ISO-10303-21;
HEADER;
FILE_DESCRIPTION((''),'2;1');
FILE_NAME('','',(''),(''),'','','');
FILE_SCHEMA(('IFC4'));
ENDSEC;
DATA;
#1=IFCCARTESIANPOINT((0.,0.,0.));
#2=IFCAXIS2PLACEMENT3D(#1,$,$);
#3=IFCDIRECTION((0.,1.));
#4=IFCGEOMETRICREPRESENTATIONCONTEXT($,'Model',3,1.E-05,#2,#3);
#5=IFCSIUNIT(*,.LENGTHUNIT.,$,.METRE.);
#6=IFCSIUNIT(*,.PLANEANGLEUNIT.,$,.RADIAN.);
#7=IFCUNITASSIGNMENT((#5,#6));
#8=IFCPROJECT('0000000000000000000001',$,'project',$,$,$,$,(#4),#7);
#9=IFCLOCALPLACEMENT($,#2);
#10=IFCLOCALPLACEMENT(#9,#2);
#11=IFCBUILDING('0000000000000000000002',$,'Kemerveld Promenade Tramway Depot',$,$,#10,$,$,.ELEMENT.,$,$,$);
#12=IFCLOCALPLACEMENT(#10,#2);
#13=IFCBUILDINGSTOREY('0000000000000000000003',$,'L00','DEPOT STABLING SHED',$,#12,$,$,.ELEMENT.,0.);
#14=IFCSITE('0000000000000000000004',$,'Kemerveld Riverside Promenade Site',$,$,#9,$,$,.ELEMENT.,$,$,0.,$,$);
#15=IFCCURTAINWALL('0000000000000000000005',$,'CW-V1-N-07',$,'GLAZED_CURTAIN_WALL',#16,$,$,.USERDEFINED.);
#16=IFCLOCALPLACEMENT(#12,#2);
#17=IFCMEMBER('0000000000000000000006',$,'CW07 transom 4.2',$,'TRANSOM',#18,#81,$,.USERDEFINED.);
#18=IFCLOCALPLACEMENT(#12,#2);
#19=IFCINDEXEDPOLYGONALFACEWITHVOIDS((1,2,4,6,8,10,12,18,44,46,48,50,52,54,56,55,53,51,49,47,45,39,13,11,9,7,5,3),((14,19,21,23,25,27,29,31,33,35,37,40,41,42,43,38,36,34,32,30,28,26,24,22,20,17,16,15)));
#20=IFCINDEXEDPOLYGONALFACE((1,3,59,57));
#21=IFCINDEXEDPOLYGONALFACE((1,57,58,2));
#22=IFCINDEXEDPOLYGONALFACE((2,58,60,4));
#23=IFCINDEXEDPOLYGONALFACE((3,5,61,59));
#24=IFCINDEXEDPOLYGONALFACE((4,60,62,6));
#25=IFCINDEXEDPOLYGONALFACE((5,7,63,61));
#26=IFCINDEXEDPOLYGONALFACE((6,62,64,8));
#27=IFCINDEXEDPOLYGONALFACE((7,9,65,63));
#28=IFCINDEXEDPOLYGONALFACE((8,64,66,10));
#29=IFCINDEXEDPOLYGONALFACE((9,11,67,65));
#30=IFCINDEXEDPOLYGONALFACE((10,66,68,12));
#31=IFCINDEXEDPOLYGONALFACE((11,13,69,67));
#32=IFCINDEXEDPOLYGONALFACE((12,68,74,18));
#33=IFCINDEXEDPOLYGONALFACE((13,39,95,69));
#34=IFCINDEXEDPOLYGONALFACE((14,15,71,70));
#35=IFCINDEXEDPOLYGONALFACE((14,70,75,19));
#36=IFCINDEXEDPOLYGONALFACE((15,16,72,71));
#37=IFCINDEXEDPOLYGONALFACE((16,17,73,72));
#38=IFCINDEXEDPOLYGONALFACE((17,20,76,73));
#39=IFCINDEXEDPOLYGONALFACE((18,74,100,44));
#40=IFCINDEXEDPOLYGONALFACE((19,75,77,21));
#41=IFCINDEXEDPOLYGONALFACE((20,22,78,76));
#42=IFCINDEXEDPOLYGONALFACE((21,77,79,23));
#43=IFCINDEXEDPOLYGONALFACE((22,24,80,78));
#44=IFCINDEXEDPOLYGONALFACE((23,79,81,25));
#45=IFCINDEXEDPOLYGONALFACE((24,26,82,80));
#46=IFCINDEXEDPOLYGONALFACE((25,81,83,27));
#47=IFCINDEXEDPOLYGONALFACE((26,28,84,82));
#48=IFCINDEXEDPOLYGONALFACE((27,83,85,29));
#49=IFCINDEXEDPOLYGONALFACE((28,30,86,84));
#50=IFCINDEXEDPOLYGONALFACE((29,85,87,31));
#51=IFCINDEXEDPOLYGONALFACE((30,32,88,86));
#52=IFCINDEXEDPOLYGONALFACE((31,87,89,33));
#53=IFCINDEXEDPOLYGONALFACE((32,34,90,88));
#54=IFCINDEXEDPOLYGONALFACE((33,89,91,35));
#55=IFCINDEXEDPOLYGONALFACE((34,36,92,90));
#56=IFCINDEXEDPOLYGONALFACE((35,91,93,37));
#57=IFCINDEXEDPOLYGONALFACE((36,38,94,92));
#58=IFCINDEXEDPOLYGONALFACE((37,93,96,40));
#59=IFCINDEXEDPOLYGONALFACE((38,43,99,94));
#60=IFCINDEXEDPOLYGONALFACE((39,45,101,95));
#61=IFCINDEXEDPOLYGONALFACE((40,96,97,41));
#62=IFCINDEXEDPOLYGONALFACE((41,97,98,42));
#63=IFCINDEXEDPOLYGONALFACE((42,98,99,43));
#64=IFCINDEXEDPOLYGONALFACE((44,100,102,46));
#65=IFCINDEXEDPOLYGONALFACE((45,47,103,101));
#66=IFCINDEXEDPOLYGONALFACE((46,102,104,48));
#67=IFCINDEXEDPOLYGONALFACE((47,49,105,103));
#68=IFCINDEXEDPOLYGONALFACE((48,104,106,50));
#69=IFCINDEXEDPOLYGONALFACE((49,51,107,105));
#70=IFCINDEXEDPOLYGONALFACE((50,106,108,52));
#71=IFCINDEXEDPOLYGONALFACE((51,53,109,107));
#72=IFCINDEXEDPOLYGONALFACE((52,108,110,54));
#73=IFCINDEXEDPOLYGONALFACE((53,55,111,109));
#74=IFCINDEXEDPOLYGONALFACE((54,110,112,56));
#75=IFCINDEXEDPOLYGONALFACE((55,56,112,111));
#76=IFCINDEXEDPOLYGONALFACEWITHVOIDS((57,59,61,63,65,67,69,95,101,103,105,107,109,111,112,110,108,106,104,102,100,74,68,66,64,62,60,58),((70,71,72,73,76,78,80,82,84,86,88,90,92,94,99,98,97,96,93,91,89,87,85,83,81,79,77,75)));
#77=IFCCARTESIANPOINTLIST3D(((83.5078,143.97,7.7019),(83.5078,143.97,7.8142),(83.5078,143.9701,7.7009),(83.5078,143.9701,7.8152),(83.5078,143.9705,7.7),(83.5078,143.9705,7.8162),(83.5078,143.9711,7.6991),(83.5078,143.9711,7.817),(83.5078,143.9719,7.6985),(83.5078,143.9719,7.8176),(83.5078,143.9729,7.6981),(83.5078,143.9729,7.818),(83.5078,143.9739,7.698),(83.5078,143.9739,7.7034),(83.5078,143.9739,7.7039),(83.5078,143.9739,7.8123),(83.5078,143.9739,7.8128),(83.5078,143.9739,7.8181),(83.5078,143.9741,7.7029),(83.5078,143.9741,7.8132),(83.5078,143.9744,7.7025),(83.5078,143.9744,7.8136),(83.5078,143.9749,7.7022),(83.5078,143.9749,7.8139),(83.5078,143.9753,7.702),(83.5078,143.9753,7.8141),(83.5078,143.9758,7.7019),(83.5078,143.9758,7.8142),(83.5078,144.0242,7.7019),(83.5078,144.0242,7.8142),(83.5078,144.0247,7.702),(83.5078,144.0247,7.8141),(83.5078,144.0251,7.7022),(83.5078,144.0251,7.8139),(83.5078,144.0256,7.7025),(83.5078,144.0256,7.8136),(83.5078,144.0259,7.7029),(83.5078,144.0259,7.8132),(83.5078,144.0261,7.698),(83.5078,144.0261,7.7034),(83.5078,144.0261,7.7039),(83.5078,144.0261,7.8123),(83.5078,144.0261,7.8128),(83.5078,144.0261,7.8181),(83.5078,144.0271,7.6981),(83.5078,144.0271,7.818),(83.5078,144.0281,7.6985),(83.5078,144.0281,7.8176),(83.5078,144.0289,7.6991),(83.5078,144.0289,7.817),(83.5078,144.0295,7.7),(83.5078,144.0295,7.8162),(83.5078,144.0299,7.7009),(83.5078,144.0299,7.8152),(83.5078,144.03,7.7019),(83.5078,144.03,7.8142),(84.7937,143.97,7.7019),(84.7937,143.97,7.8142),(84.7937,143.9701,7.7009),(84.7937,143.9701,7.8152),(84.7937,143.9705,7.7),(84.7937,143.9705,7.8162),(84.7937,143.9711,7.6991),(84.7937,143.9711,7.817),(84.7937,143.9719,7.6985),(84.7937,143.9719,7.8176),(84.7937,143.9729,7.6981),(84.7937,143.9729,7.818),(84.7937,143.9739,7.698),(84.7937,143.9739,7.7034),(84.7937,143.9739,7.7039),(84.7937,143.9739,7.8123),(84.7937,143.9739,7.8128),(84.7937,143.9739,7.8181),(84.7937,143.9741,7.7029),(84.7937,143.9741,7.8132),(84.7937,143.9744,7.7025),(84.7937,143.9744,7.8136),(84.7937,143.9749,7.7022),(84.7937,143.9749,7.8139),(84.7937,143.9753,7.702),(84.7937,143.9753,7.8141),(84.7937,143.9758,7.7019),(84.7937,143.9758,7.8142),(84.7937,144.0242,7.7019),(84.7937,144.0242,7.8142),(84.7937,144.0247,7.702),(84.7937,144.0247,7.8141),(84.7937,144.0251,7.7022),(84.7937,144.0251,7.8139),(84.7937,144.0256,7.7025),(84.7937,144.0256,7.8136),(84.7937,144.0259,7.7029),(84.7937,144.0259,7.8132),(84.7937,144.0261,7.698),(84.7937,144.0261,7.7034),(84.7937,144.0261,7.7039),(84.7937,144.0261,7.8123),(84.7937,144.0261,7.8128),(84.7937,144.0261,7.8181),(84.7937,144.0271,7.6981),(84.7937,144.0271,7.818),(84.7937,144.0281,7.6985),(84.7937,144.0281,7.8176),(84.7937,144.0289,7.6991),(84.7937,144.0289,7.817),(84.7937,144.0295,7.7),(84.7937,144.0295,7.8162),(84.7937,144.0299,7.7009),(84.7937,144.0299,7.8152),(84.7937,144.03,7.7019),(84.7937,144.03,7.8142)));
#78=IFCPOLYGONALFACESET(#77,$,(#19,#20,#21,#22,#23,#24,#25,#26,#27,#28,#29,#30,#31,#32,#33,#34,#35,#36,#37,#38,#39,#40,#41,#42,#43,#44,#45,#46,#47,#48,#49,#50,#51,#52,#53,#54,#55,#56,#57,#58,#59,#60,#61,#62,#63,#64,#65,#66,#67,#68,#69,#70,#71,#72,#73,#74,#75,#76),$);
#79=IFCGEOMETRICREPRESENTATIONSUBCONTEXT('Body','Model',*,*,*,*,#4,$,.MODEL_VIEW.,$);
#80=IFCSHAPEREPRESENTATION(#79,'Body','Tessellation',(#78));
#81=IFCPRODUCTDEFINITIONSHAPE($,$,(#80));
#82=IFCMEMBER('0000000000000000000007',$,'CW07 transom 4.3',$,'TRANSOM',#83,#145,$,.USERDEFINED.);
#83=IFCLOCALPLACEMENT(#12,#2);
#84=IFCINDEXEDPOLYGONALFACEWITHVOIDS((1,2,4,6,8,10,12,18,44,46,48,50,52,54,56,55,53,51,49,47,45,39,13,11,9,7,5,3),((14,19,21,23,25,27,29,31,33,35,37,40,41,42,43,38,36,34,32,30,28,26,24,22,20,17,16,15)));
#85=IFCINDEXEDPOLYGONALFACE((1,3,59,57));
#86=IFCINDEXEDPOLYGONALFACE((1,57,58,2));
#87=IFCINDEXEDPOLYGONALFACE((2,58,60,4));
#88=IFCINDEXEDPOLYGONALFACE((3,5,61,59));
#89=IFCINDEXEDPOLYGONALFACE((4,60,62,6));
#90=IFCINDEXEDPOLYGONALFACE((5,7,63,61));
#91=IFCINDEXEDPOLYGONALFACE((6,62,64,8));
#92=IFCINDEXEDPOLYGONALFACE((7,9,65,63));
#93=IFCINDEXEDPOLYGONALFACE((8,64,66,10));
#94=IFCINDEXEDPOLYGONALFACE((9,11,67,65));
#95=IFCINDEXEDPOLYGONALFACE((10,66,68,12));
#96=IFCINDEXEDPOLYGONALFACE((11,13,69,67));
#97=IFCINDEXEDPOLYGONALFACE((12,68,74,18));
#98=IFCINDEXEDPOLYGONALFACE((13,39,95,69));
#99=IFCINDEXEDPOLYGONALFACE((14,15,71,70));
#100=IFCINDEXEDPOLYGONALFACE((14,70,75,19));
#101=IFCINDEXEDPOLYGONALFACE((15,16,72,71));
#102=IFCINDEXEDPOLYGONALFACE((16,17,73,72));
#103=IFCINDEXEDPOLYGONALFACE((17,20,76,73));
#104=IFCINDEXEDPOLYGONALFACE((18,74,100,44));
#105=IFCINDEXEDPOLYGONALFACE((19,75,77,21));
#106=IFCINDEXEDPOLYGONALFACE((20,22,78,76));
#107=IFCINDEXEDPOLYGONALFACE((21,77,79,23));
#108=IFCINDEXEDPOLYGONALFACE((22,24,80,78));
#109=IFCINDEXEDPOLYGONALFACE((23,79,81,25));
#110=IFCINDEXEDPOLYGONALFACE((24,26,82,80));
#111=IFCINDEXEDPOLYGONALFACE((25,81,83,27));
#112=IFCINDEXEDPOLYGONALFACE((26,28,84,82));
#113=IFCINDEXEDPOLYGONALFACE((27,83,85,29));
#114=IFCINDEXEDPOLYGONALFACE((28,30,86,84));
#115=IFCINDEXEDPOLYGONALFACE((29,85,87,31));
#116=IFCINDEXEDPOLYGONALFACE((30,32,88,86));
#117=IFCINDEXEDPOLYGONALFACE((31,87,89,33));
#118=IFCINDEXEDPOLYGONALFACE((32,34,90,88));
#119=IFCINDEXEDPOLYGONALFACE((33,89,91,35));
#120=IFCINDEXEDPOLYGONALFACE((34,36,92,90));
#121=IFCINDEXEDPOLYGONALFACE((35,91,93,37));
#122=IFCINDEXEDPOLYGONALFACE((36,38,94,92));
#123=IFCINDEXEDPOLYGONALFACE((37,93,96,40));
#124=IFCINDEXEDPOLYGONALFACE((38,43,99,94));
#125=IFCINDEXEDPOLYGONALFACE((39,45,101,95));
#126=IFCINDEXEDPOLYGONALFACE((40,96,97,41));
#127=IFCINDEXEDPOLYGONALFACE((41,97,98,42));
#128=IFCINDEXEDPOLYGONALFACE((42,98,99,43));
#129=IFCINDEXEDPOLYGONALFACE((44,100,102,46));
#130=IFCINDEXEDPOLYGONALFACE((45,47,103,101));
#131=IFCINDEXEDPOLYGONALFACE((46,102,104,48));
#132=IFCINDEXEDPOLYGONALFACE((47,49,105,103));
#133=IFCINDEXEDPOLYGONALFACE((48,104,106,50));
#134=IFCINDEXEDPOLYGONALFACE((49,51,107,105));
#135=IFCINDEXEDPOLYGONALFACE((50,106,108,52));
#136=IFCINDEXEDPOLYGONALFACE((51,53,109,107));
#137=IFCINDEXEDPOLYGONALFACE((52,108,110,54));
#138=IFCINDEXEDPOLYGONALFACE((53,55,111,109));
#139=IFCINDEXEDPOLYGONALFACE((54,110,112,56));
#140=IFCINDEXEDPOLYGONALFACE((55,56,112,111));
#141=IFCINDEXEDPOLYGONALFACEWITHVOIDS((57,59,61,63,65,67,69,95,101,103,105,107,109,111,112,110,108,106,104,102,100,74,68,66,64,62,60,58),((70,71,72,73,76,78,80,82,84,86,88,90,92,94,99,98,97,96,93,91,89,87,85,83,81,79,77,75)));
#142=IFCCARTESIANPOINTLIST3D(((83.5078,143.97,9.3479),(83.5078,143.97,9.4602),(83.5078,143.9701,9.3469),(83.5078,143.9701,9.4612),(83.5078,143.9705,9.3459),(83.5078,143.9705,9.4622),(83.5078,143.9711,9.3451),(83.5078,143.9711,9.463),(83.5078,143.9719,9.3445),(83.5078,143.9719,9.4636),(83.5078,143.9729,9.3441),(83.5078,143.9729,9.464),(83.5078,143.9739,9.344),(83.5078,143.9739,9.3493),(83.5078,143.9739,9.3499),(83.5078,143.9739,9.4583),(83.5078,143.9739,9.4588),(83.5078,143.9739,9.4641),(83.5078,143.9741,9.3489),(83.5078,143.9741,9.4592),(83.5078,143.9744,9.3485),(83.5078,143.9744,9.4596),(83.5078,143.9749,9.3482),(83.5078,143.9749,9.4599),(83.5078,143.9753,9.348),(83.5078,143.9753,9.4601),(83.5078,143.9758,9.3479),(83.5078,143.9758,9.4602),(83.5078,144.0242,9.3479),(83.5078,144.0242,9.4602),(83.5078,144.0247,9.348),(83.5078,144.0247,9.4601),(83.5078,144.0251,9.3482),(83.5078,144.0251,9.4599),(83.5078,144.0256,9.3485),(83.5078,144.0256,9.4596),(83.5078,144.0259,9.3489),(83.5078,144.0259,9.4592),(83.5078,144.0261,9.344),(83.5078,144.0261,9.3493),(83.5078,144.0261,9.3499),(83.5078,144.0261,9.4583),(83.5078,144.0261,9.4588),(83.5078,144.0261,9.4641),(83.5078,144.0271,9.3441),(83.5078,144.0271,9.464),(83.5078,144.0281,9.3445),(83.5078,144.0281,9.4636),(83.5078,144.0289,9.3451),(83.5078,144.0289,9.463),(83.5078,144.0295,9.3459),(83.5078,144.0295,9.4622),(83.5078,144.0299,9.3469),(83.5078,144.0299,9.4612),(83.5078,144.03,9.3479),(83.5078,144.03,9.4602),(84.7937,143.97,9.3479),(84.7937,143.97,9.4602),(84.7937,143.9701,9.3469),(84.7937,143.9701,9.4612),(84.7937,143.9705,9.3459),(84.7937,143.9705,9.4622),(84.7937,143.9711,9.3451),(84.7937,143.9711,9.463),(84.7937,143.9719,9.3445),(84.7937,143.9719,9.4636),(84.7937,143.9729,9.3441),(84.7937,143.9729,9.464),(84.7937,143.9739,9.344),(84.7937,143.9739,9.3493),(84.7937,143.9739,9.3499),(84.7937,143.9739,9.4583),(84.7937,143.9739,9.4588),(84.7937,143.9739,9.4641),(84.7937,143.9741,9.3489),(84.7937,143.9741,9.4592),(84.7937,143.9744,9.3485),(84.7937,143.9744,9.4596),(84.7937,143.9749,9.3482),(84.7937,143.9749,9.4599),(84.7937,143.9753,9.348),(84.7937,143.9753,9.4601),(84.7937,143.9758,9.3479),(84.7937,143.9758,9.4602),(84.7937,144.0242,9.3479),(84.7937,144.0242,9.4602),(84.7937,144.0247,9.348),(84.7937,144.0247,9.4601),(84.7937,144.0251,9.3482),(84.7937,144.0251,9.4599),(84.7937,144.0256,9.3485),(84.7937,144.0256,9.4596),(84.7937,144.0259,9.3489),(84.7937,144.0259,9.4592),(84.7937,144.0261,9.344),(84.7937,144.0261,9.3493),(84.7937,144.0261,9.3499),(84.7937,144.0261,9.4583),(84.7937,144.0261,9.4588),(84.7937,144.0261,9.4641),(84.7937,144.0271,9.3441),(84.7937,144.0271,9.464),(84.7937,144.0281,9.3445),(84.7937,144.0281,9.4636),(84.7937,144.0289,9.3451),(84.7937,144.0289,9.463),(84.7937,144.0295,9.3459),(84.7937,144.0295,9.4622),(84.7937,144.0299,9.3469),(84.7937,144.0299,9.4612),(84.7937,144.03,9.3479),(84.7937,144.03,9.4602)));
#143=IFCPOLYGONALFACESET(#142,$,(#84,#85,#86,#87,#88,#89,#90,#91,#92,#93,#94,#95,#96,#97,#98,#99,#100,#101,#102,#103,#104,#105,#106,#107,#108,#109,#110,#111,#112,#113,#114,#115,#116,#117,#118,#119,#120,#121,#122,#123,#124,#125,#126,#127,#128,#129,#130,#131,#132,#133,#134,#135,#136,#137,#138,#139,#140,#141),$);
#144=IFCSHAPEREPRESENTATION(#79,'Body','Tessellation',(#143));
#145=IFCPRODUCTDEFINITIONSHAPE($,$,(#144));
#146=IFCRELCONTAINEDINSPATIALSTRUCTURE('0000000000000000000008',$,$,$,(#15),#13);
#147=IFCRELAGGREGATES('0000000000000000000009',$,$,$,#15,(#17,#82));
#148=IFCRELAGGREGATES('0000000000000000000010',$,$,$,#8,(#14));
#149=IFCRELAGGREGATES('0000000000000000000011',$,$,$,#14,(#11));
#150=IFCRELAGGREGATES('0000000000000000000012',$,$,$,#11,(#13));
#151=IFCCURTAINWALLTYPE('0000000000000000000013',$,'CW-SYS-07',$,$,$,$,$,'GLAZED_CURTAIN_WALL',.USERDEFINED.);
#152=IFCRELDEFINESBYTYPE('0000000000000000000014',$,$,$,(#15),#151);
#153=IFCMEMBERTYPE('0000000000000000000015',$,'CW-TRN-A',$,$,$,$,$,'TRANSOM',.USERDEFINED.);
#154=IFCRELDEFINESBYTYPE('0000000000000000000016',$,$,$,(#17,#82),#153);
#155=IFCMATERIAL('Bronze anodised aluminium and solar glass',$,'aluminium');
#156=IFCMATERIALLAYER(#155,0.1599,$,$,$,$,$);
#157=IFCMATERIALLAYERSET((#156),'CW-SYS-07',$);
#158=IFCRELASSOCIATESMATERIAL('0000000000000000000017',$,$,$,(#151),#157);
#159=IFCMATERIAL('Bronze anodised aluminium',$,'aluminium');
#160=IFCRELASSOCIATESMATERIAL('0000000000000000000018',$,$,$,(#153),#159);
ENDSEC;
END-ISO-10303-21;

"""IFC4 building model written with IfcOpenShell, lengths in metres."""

from ifc_helpers import new_model, si_unit, direction, frame, origin, origin_2d, place, context, subcontext, project, spatial, hollow_rectangle, extrude, material, layer, layer_set, material_profile, profile_set, type_object, element, aggregate, save


model = new_model("IFC4")

# Units and contexts
model_context = context("Model", 3, precision=1e-05, world=origin(), true_north=direction((0.0, 1.0)))
body_context = subcontext(model_context, "Body", "Model", "MODEL_VIEW")
ifc_project = project(units=[si_unit("LENGTHUNIT", "METRE"), si_unit("PLANEANGLEUNIT", "RADIAN")], contexts=[model_context])

# Site, building, storey
site_placement = place(None, origin())
site = spatial("IfcSite", under=ifc_project, at=site_placement, Name="Kemerveld Riverside Promenade Site", CompositionType="ELEMENT", RefElevation=0.0)
building_placement = place(site_placement, origin())
building = spatial("IfcBuilding", under=site, at=building_placement, Name="Kemerveld Promenade Tramway Depot", CompositionType="ELEMENT")
storey_placement = place(building_placement, origin())
storey = spatial("IfcBuildingStorey", under=building, at=storey_placement, Name="L00", Description="DEPOT STABLING SHED", CompositionType="ELEMENT", Elevation=0.0)

# Curtain wall, members
ifc_material_1 = material(Name="Bronze anodised aluminium and solar glass", Category="aluminium")
ifc_layer_1 = layer(ifc_material_1, 0.1599)
ifc_layer_set_1 = layer_set([ifc_layer_1], Name="CW-SYS-07")
curtain_wall_type_1 = type_object("IfcCurtainWallType", Name="CW-SYS-07", ElementType="GLAZED_CURTAIN_WALL", PredefinedType="USERDEFINED", material=ifc_layer_set_1)
curtain_wall_1_placement = place(storey_placement, origin())
curtain_wall_1 = element("IfcCurtainWall", 1, at=curtain_wall_1_placement, inside=storey, type_object=curtain_wall_type_1, Name="CW-V1-N-07", ObjectType="GLAZED_CURTAIN_WALL", PredefinedType="USERDEFINED")
ifc_material_2 = material(Name="Bronze anodised aluminium", Category="aluminium")
ifc_material_profile_1 = material_profile(ifc_material_2, hollow_rectangle(XDim=0.0601, YDim=0.1201, WallThickness=0.0039, InnerFilletRadius=0.002, OuterFilletRadius=0.0039, at=origin_2d()), Name="CW-TRN-120x60")
ifc_profile_set_1 = profile_set([ifc_material_profile_1], Name="Bronze anodised aluminium")
member_type_1 = type_object("IfcMemberType", Name="CW-TRN-A", ElementType="TRANSOM", PredefinedType="USERDEFINED", material=ifc_profile_set_1)
member_1_placement = place(storey_placement, frame((83.5078, 144.0, 7.7581), z_axis=(1.0, 0.0, 0.0), x_axis=(0.0, 1.0, 0.0)))
member_1 = element("IfcMember", 2, at=member_1_placement, type_object=member_type_1, Name="CW07 transom 4.2", ObjectType="TRANSOM", PredefinedType="USERDEFINED", context=body_context, shape_type="SweptSolid", body=[
    extrude(hollow_rectangle(XDim=0.0601, YDim=0.1201, WallThickness=0.0039, InnerFilletRadius=0.002, OuterFilletRadius=0.0039, at=origin_2d()), origin(), (0.0, 0.0, 1.0), 1.2859),
])
member_2_placement = place(storey_placement, frame((83.5078, 144.0, 9.4041), z_axis=(1.0, 0.0, 0.0), x_axis=(0.0, 1.0, 0.0)))
member_2 = element("IfcMember", 3, at=member_2_placement, type_object=member_type_1, Name="CW07 transom 4.3", ObjectType="TRANSOM", PredefinedType="USERDEFINED", context=body_context, shape_type="SweptSolid", body=[
    extrude(hollow_rectangle(XDim=0.0601, YDim=0.1201, WallThickness=0.0039, InnerFilletRadius=0.002, OuterFilletRadius=0.0039, at=origin_2d()), origin(), (0.0, 0.0, 1.0), 1.2859),
])

aggregate(curtain_wall_1, [member_1, member_2])

save(model, "model.ifc")
